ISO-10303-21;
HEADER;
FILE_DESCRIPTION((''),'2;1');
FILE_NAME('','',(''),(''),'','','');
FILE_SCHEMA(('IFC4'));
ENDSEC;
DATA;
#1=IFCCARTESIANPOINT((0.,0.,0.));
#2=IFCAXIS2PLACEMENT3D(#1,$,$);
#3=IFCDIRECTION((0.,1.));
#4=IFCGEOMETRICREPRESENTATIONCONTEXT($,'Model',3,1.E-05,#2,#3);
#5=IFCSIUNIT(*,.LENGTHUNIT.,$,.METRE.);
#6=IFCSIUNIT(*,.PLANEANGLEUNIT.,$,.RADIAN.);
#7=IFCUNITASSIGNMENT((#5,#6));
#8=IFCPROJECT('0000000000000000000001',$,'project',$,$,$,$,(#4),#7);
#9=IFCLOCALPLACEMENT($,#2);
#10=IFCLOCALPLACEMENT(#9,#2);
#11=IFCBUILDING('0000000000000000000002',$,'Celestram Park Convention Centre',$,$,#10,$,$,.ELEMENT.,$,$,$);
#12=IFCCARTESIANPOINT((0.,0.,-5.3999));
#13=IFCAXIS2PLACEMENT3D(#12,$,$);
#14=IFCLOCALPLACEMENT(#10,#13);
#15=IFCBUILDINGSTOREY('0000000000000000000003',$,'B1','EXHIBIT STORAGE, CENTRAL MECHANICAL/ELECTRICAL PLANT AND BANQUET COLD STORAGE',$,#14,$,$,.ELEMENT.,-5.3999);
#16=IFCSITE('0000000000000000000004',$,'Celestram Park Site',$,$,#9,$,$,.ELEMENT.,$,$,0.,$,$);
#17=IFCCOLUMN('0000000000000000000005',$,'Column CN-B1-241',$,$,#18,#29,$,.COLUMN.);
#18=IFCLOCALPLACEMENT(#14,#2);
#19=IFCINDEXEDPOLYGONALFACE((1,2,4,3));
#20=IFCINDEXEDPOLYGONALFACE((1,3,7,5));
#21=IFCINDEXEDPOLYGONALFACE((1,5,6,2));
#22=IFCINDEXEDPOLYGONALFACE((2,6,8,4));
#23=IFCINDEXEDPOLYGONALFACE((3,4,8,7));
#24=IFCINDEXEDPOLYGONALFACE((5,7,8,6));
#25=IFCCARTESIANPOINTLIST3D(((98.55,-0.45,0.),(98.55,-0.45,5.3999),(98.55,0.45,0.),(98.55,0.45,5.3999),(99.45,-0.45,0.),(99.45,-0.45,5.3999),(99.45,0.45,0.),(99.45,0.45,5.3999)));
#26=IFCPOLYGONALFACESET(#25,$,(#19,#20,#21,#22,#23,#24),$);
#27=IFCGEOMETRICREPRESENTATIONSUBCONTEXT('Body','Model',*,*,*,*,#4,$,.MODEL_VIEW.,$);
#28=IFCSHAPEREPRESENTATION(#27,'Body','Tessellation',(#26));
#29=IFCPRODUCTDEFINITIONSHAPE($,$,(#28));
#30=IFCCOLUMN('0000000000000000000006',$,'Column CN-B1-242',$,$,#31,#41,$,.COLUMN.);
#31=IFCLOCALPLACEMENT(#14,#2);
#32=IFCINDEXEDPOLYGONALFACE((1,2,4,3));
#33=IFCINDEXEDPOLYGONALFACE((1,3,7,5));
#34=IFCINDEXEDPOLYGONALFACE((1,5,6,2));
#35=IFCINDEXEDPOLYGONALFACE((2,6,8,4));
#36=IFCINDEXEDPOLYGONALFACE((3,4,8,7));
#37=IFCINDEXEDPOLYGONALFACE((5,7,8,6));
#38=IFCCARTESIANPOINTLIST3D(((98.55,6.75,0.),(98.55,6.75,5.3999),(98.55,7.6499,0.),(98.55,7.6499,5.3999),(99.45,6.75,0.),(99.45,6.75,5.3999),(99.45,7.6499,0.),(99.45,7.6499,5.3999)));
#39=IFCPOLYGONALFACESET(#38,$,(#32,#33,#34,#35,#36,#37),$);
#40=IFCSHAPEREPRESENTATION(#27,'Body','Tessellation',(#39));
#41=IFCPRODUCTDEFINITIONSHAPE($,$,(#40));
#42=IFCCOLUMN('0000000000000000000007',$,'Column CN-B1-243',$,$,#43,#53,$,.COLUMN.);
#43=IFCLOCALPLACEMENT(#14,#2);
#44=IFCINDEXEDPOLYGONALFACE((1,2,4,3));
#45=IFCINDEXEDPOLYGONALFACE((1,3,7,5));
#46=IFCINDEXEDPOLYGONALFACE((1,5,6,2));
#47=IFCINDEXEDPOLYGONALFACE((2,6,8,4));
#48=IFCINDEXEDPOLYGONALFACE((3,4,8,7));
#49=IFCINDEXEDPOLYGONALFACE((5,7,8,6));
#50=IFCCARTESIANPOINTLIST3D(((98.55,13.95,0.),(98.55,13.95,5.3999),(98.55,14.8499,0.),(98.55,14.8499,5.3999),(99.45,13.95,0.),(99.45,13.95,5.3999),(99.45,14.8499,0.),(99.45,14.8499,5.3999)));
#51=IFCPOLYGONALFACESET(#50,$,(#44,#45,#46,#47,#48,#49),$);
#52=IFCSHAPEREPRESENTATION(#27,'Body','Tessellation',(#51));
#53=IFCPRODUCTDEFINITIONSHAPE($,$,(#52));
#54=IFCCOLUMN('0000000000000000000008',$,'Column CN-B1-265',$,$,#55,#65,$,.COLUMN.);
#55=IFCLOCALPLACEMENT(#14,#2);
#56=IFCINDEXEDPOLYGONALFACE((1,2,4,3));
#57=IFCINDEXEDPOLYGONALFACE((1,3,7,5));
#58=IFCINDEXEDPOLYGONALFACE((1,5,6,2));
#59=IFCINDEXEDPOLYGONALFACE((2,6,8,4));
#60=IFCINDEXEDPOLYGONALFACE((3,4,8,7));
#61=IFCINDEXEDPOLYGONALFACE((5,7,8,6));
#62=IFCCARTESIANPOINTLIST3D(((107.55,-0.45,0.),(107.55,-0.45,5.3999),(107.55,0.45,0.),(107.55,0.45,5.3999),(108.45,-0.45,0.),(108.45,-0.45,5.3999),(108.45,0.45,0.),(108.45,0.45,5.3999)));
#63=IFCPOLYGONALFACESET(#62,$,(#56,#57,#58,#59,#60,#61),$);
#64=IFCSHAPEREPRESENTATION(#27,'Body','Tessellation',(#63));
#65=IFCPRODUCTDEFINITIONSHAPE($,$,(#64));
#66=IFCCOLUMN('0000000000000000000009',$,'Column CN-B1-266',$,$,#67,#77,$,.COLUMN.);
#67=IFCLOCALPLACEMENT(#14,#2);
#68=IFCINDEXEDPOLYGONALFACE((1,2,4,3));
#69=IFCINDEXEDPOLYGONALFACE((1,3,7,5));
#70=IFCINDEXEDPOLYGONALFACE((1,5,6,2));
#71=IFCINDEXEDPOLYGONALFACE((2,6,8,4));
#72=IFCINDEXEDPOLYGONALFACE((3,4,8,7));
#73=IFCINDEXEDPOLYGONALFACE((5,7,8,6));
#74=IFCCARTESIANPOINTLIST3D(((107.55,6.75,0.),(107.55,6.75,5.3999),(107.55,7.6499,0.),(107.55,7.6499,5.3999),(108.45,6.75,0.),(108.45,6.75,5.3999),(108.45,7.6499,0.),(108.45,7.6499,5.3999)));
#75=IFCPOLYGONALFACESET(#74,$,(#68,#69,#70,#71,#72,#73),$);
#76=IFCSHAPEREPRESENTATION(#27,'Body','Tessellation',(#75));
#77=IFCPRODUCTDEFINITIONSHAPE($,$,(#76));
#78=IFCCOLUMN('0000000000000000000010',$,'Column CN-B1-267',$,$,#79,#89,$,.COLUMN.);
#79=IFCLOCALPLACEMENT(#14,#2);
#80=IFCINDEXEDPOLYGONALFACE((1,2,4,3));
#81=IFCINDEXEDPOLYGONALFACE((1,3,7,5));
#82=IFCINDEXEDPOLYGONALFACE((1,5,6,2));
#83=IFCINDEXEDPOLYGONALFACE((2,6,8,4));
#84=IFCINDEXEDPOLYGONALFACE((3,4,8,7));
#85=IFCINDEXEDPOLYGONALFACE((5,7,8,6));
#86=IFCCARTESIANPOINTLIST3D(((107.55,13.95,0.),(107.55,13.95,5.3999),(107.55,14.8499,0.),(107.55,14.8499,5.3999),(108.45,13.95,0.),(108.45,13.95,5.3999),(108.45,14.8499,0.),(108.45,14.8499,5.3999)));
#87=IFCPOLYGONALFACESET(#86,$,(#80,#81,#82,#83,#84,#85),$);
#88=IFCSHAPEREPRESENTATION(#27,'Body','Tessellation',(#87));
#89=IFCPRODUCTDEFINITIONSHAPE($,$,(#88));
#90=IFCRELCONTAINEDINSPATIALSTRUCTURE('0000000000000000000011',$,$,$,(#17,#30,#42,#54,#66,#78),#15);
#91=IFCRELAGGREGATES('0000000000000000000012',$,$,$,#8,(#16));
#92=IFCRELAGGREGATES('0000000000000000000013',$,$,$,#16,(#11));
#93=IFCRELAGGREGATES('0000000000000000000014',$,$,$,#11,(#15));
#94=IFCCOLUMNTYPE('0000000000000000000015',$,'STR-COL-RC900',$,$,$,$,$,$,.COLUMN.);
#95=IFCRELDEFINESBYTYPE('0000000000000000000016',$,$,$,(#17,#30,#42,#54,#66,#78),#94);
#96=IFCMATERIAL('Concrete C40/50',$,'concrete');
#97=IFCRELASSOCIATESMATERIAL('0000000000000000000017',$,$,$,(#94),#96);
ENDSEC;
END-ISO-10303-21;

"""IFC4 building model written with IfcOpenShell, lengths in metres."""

from ifc_helpers import new_model, si_unit, direction, frame, origin, origin_2d, place, context, subcontext, project, spatial, rectangle, extrude, material, material_profile, profile_set, type_object, element, save


model = new_model("IFC4")

# Units and contexts
model_context = context("Model", 3, precision=1e-05, world=origin(), true_north=direction((0.0, 1.0)))
body_context = subcontext(model_context, "Body", "Model", "MODEL_VIEW")
ifc_project = project(units=[si_unit("LENGTHUNIT", "METRE"), si_unit("PLANEANGLEUNIT", "RADIAN")], contexts=[model_context])

# Site, building, storey
site_placement = place(None, origin())
site = spatial("IfcSite", under=ifc_project, at=site_placement, Name="Celestram Park Site", CompositionType="ELEMENT", RefElevation=0.0)
building_placement = place(site_placement, origin())
building = spatial("IfcBuilding", under=site, at=building_placement, Name="Celestram Park Convention Centre", CompositionType="ELEMENT")
storey_placement = place(building_placement, frame((0.0, 0.0, -5.3999)))
storey = spatial("IfcBuildingStorey", under=building, at=storey_placement, Name="B1", Description="EXHIBIT STORAGE, CENTRAL MECHANICAL/ELECTRICAL PLANT AND BANQUET COLD STORAGE", CompositionType="ELEMENT", Elevation=-5.3999)

# Shared definitions
ifc_material_1 = material(Name="Concrete C40/50", Category="concrete")

# Columns
ifc_material_profile_1 = material_profile(ifc_material_1, rectangle(XDim=0.8999, YDim=0.8999, at=origin_2d()), Name="RC900X900")
ifc_profile_set_1 = profile_set([ifc_material_profile_1], Name="Concrete C40/50")
column_type = type_object("IfcColumnType", Name="STR-COL-RC900", PredefinedType="COLUMN", material=ifc_profile_set_1)
for number, where, z_axis, x_axis, name in (
    (1, (99.0, 0.0, 0.0), (0.0, 0.0, 1.0), (1.0, 0.0, 0.0), "Column CN-B1-241"),
    (2, (99.0, 7.2, 0.0), (0.0, 0.0, 1.0), (1.0, 0.0, 0.0), "Column CN-B1-242"),
    (3, (99.0, 14.3999, 0.0), (0.0, 0.0, 1.0), (1.0, 0.0, 0.0), "Column CN-B1-243"),
    (4, (108.0, 0.0, 0.0), (0.0, 0.0, 1.0), (1.0, 0.0, 0.0), "Column CN-B1-265"),
    (5, (108.0, 7.2, 0.0), (0.0, 0.0, 1.0), (1.0, 0.0, 0.0), "Column CN-B1-266"),
    (6, (108.0, 14.3999, 0.0), (0.0, 0.0, 1.0), (1.0, 0.0, 0.0), "Column CN-B1-267"),
):
    element("IfcColumn", number, at=place(storey_placement, frame(where, z_axis=z_axis, x_axis=x_axis)), inside=storey, type_object=column_type, Name=name, PredefinedType="COLUMN", context=body_context, shape_type="SweptSolid", body=[
        extrude(rectangle(XDim=0.8999, YDim=0.8999, at=origin_2d()), origin(), (0.0, 0.0, 1.0), 5.3999),
    ])

save(model, "model.ifc")
